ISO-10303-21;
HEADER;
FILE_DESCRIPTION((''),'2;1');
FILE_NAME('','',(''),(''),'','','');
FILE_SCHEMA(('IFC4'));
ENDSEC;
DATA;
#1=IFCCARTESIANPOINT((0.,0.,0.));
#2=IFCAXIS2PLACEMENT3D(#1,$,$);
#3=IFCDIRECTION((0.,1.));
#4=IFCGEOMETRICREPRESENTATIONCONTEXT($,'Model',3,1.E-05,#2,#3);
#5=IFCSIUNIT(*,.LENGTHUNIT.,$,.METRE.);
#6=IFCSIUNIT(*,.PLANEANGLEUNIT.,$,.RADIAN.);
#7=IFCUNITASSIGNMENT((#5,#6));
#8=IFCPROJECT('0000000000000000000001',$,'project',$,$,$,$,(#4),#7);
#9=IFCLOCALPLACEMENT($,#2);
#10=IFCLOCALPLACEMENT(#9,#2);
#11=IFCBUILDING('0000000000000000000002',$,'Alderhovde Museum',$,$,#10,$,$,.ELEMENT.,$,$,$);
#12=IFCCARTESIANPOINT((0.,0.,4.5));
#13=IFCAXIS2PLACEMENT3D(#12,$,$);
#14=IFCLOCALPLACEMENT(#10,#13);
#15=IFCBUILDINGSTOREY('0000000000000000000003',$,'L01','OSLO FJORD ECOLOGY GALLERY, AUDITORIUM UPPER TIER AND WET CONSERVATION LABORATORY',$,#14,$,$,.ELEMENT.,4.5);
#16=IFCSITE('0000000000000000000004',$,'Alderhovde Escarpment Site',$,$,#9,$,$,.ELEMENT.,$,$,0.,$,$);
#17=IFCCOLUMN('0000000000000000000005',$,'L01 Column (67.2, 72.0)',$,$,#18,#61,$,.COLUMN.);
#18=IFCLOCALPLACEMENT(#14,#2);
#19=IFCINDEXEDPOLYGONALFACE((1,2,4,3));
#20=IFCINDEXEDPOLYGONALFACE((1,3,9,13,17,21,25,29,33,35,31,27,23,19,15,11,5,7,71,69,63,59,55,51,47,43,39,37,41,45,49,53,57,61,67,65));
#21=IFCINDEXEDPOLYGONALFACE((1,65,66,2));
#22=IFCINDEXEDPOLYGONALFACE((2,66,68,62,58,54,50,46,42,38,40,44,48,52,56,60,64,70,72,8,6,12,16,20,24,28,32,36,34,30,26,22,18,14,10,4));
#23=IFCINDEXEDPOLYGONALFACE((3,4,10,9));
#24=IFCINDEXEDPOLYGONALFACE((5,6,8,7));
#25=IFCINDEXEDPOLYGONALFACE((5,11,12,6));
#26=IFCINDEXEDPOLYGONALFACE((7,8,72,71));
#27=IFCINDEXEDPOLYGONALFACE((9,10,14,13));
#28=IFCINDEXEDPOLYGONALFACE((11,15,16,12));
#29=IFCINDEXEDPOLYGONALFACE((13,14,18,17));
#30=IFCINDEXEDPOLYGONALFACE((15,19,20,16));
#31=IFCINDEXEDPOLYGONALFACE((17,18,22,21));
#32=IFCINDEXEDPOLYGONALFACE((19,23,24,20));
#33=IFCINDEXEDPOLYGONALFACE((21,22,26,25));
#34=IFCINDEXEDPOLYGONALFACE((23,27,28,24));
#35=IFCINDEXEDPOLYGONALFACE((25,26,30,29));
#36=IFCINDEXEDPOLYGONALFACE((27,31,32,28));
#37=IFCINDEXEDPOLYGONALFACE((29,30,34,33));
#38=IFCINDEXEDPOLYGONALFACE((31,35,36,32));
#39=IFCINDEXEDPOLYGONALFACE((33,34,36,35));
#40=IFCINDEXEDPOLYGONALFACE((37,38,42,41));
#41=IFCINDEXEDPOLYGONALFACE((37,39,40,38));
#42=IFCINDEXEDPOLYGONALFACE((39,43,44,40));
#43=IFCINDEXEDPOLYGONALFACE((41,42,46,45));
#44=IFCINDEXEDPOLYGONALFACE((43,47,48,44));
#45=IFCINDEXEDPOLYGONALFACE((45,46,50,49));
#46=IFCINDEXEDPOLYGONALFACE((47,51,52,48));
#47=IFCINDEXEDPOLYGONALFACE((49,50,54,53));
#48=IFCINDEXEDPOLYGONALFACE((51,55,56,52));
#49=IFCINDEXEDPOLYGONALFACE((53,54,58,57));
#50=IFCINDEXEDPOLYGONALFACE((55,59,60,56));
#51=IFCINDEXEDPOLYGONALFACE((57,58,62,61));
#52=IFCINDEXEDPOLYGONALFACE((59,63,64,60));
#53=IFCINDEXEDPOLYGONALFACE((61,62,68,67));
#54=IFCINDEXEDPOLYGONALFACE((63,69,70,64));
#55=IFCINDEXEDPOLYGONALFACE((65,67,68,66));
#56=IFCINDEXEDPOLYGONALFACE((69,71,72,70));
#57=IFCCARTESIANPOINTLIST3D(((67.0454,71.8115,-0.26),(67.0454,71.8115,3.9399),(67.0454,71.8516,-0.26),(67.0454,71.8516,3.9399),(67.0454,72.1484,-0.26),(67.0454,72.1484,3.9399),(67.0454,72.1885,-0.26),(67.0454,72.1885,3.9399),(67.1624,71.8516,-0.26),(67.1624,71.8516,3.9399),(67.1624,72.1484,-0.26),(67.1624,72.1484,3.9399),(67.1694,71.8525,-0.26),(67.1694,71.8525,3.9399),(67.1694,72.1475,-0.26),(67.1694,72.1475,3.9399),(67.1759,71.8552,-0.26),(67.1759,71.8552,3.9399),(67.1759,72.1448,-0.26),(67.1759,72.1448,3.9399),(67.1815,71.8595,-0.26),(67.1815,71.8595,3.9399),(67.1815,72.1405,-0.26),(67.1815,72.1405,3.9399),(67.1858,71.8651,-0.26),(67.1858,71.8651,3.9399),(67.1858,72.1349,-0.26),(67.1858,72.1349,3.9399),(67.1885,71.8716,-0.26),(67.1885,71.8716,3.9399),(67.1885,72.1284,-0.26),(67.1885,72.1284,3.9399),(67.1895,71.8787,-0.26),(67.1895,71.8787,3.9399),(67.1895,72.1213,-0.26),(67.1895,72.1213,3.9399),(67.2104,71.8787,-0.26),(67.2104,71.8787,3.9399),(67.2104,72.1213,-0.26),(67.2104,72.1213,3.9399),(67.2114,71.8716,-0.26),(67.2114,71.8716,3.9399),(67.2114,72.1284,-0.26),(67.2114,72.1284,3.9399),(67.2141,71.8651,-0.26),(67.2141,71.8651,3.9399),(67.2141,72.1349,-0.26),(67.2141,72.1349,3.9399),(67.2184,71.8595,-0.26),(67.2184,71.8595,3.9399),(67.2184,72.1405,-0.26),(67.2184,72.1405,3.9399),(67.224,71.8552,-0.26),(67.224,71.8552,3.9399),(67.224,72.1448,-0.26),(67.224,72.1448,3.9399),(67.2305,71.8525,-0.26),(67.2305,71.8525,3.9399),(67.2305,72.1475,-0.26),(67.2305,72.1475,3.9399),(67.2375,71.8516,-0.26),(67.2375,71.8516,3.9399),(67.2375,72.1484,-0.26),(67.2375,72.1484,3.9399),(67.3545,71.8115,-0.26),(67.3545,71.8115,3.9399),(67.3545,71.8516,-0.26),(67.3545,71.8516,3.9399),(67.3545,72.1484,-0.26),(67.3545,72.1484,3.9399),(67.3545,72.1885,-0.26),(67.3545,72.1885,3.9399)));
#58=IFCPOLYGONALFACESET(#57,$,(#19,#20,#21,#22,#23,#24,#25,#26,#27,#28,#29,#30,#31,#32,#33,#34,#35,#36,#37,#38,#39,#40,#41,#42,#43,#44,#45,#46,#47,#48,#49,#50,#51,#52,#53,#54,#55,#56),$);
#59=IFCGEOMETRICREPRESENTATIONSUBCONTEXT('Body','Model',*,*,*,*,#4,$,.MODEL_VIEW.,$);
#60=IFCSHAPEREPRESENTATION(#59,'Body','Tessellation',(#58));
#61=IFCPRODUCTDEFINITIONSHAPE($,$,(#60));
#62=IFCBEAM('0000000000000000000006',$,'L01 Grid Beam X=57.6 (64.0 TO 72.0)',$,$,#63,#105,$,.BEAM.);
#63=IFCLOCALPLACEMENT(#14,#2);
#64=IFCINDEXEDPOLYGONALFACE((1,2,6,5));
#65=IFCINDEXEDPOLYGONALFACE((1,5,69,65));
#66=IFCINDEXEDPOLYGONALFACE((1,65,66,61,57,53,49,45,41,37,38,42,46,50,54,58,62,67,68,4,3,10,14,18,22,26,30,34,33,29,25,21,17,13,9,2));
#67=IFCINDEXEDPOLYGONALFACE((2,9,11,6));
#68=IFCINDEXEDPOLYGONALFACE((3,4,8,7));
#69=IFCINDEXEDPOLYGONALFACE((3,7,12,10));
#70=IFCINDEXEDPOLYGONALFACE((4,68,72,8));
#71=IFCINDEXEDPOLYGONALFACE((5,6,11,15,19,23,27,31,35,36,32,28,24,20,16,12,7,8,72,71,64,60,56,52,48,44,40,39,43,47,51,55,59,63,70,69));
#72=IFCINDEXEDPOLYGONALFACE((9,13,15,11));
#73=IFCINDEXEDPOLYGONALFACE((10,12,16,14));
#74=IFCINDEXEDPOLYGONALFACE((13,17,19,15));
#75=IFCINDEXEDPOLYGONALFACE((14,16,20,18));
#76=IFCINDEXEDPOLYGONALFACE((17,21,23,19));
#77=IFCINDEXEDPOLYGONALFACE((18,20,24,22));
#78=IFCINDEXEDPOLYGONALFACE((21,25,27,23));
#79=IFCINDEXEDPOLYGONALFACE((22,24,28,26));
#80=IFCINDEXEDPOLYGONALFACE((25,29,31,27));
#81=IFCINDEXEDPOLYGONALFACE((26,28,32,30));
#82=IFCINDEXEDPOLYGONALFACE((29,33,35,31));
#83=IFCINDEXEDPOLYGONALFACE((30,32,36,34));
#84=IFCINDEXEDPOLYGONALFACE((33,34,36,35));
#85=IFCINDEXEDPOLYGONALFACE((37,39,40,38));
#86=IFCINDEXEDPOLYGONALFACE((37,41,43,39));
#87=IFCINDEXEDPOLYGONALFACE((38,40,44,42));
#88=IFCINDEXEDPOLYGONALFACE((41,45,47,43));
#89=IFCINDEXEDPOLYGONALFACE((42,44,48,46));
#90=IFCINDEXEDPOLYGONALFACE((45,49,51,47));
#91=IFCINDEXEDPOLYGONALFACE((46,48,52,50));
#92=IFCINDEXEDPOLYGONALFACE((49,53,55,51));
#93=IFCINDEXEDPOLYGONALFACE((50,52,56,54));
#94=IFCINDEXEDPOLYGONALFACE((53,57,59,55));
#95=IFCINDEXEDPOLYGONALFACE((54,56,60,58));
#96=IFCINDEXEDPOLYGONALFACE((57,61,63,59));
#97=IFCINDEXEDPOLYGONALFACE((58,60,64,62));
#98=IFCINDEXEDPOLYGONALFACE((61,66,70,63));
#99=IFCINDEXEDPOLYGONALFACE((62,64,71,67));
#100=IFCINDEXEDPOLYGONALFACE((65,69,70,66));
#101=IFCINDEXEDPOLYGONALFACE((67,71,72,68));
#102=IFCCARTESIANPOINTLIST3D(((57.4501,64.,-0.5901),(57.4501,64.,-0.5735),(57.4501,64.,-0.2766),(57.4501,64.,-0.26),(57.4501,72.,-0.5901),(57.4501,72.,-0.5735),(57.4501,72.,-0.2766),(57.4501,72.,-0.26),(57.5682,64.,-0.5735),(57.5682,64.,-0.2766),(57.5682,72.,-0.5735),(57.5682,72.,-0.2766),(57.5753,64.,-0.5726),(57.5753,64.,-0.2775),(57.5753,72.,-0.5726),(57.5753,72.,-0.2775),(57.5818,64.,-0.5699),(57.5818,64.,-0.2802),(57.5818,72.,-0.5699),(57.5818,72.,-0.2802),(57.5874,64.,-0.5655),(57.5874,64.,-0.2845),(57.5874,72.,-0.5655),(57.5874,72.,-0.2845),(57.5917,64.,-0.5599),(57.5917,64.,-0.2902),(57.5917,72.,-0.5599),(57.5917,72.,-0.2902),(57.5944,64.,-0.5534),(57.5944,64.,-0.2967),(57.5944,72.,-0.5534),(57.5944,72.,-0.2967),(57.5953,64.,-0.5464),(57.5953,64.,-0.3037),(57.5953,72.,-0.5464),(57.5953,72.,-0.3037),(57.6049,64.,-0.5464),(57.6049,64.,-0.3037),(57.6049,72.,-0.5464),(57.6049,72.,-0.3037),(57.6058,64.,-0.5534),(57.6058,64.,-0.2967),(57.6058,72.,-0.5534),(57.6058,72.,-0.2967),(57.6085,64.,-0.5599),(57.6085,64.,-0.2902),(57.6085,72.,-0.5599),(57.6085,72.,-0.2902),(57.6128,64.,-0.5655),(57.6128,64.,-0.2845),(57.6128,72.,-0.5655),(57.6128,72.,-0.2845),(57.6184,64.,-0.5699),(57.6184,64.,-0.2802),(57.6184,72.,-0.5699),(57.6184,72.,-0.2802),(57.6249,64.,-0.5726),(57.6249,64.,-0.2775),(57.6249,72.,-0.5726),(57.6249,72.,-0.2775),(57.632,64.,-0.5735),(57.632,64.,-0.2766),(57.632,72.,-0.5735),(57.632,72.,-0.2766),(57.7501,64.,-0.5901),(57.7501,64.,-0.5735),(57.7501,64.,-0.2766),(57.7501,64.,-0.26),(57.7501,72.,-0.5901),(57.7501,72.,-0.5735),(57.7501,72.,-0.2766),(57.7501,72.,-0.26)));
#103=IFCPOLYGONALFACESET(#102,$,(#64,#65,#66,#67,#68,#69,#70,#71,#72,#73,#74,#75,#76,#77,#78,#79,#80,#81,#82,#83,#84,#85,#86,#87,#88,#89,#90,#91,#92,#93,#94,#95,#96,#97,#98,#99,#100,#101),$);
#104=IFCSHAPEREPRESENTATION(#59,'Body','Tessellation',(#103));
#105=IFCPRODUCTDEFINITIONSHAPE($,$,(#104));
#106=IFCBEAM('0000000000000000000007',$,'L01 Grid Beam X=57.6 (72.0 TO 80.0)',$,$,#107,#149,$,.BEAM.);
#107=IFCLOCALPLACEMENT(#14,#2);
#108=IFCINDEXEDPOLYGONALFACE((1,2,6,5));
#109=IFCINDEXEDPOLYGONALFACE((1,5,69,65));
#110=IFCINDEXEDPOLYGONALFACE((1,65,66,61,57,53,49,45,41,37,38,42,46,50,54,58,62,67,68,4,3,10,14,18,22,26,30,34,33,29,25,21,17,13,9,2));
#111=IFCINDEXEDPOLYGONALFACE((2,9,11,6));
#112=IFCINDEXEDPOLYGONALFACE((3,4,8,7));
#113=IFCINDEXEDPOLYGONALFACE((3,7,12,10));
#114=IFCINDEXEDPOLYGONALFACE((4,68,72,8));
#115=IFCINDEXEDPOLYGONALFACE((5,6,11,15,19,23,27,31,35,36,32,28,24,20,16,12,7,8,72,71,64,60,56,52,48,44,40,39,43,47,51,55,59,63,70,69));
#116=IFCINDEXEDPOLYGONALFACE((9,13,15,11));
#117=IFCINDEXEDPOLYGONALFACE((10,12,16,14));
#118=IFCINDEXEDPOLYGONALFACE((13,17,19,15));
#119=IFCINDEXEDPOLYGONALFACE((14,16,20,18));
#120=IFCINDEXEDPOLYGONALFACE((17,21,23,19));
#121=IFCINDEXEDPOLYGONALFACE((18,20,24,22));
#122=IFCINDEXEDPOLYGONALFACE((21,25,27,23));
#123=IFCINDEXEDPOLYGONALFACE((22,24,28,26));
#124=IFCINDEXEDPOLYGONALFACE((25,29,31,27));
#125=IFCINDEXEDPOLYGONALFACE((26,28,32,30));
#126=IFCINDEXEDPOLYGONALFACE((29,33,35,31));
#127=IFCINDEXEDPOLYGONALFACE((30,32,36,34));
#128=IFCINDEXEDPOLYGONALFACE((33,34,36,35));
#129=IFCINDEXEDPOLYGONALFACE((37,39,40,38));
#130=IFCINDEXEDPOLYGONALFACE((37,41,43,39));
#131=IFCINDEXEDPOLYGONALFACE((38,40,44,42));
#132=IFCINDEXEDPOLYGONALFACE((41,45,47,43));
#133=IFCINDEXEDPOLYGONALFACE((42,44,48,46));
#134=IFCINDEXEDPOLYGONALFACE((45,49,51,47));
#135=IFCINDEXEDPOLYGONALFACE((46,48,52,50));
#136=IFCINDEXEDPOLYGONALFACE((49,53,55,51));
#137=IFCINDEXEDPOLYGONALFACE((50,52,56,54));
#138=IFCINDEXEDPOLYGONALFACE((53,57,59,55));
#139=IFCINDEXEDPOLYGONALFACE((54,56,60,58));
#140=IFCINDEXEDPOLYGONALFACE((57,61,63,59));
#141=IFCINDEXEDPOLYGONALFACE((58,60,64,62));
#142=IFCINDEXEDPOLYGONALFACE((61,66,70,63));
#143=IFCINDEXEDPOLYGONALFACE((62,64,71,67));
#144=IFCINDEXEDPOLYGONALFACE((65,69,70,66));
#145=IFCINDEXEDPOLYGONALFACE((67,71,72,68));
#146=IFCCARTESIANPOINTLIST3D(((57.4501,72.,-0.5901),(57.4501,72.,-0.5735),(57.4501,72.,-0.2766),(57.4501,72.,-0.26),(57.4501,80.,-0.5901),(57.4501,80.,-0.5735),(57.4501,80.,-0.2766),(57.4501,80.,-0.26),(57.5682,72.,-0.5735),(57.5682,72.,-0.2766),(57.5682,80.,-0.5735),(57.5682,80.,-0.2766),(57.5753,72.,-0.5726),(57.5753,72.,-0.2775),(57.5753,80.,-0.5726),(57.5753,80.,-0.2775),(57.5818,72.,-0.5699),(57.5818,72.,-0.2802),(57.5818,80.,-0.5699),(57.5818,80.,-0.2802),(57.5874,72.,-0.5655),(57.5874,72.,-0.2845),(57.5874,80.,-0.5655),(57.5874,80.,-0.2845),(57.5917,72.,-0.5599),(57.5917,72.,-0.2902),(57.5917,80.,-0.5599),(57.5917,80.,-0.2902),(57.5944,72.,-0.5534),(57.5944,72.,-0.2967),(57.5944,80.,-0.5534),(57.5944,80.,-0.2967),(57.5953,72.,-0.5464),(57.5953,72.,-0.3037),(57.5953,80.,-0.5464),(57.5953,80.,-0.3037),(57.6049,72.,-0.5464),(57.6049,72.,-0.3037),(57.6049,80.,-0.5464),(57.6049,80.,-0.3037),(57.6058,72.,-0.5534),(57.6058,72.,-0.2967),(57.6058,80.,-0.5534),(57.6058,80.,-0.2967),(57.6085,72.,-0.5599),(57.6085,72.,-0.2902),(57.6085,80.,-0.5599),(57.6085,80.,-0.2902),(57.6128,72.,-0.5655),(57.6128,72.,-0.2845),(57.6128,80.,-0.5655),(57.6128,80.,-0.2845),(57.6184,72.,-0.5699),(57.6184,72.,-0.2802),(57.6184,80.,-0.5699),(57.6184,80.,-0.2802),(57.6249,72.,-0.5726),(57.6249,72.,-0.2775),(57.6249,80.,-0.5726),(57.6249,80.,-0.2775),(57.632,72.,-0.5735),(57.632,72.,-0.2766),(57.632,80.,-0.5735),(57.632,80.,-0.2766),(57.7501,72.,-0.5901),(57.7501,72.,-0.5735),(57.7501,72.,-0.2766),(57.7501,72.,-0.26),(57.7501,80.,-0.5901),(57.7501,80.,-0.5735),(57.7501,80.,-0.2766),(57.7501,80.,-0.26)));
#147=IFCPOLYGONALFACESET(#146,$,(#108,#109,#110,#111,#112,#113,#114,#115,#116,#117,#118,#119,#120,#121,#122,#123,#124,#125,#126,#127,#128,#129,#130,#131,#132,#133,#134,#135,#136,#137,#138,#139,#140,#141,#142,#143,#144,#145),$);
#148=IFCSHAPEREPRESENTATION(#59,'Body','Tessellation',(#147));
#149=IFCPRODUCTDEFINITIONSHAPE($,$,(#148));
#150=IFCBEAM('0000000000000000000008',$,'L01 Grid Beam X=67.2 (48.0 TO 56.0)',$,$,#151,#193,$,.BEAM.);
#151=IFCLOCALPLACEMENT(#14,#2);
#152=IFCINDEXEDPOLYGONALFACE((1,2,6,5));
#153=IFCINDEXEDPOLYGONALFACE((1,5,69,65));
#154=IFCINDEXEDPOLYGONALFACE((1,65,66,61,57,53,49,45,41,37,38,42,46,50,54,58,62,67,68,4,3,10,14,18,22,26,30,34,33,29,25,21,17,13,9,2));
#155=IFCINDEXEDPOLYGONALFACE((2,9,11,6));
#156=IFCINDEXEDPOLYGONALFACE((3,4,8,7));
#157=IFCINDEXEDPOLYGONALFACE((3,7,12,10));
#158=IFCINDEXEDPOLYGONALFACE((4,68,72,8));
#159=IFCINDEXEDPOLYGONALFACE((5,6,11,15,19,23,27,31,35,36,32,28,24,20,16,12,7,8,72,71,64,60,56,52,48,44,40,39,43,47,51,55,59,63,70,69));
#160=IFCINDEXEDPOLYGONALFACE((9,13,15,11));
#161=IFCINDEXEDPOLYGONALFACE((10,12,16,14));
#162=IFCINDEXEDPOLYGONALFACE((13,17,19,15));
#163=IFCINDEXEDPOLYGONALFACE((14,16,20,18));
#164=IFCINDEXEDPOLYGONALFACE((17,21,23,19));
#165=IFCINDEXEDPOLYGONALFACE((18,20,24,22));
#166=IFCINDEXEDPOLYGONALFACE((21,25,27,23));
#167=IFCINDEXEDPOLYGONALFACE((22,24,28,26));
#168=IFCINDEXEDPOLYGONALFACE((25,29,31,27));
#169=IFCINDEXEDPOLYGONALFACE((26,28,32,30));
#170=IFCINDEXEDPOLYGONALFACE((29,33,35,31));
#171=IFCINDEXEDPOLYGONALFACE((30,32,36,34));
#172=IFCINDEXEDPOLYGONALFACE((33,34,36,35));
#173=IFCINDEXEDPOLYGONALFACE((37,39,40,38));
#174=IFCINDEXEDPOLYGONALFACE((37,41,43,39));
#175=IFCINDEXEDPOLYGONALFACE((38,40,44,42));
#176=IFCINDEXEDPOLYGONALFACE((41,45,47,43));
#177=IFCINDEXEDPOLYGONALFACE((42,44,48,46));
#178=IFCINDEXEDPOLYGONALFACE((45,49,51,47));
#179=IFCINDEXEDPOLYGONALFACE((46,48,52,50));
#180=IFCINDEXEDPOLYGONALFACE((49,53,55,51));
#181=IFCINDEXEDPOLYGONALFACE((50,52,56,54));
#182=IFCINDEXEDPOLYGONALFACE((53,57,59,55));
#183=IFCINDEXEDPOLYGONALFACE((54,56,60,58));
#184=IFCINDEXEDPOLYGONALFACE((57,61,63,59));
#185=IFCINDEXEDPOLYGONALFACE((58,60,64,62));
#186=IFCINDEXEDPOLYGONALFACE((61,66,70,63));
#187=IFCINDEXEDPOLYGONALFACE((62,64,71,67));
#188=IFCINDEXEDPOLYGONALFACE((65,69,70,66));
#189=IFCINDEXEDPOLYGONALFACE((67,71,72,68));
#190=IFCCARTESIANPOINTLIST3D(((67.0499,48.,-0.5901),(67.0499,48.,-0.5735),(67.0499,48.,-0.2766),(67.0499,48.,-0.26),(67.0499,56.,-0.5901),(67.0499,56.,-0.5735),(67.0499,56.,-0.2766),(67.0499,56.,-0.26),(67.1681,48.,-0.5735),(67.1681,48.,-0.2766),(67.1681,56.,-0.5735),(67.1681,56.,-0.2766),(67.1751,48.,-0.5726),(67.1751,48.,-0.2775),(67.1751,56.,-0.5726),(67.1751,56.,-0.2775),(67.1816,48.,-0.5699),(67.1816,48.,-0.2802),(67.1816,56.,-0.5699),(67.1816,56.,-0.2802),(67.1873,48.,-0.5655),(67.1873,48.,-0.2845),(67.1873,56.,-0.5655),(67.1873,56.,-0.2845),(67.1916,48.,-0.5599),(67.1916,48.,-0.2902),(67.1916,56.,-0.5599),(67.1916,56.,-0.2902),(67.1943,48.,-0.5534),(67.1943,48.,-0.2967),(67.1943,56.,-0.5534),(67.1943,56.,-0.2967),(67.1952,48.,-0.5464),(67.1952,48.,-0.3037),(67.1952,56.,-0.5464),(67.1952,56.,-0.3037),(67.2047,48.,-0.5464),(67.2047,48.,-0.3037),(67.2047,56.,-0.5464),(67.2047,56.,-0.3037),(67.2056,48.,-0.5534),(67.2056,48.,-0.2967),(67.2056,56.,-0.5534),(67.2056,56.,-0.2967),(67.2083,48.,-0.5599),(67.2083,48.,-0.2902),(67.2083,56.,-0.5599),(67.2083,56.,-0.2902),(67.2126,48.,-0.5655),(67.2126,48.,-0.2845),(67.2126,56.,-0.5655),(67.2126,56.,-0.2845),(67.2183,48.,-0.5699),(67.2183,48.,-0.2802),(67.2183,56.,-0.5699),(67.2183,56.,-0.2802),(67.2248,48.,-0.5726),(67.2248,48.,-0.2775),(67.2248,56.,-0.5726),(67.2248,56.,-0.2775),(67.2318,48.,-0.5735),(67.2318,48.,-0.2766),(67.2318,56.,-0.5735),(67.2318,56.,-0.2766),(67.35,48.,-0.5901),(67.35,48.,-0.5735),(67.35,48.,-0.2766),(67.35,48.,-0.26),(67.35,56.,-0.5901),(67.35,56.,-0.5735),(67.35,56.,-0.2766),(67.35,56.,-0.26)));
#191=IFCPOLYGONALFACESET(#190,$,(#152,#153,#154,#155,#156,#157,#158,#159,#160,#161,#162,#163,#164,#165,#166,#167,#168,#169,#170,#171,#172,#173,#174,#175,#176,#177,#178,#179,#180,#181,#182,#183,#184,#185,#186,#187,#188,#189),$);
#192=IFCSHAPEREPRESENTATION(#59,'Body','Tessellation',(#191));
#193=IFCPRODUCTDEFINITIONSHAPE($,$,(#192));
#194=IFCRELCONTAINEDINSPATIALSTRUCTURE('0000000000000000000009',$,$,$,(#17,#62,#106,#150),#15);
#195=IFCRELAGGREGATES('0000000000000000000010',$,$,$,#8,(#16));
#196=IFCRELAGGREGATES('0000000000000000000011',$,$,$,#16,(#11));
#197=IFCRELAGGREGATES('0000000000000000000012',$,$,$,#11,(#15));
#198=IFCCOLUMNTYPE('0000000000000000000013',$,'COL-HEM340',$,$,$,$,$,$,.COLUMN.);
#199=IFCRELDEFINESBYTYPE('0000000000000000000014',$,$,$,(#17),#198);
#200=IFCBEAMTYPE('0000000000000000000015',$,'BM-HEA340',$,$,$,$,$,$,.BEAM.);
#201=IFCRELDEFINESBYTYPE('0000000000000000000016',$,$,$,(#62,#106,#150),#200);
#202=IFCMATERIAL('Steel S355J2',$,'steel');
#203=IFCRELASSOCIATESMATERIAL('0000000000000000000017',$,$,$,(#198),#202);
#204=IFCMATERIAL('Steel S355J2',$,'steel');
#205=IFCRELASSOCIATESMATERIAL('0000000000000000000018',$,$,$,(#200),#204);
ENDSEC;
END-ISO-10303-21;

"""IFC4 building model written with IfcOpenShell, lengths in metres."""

from ifc_helpers import new_model, si_unit, direction, frame, origin, origin_2d, place, context, subcontext, project, spatial, i_section, extrude, material, material_profile, profile_set, type_object, element, save


model = new_model("IFC4")

# Units and contexts
model_context = context("Model", 3, precision=1e-05, world=origin(), true_north=direction((0.0, 1.0)))
body_context = subcontext(model_context, "Body", "Model", "MODEL_VIEW")
ifc_project = project(units=[si_unit("LENGTHUNIT", "METRE"), si_unit("PLANEANGLEUNIT", "RADIAN")], contexts=[model_context])

# Site, building, storey
site_placement = place(None, origin())
site = spatial("IfcSite", under=ifc_project, at=site_placement, Name="Alderhovde Escarpment Site", CompositionType="ELEMENT", RefElevation=0.0)
building_placement = place(site_placement, origin())
building = spatial("IfcBuilding", under=site, at=building_placement, Name="Alderhovde Museum", CompositionType="ELEMENT")
storey_placement = place(building_placement, frame((0.0, 0.0, 4.5)))
storey = spatial("IfcBuildingStorey", under=building, at=storey_placement, Name="L01", Description="OSLO FJORD ECOLOGY GALLERY, AUDITORIUM UPPER TIER AND WET CONSERVATION LABORATORY", CompositionType="ELEMENT", Elevation=4.5)

# Column
ifc_material_1 = material(Name="Steel S355J2", Category="steel")
ifc_material_profile_1 = material_profile(ifc_material_1, i_section(OverallWidth=0.3091, OverallDepth=0.377, WebThickness=0.021, FlangeThickness=0.04, FilletRadius=0.0271, at=origin_2d()), Name="HEM 340")
ifc_profile_set_1 = profile_set([ifc_material_profile_1], Name="Steel S355J2")
column_type_1 = type_object("IfcColumnType", Name="COL-HEM340", PredefinedType="COLUMN", material=ifc_profile_set_1)
for number, where, z_axis, x_axis, name in (
    (1, (67.2, 72.0, -0.26), (0.0, 0.0, 1.0), (1.0, 0.0, 0.0), "L01 Column (67.2, 72.0)"),
):
    element("IfcColumn", number, at=place(storey_placement, frame(where, z_axis=z_axis, x_axis=x_axis)), inside=storey, type_object=column_type_1, Name=name, PredefinedType="COLUMN", context=body_context, shape_type="SweptSolid", body=[
        extrude(i_section(OverallWidth=0.3091, OverallDepth=0.377, WebThickness=0.021, FlangeThickness=0.04, FilletRadius=0.0271, at=origin_2d()), origin(), (0.0, 0.0, 1.0), 4.2),
    ])

# Beams
ifc_material_2 = material(Name="Steel S355J2", Category="steel")
ifc_material_profile_2 = material_profile(ifc_material_2, i_section(OverallWidth=0.3, OverallDepth=0.3301, WebThickness=0.0095, FlangeThickness=0.0166, FilletRadius=0.0271, at=origin_2d()), Name="HEA 340")
ifc_profile_set_2 = profile_set([ifc_material_profile_2], Name="Steel S355J2")
beam_type_1 = type_object("IfcBeamType", Name="BM-HEA340", PredefinedType="BEAM", material=ifc_profile_set_2)
for number, where, z_axis, x_axis, name in (
    (2, (57.6001, 64.0, -0.425), (0.0, 1.0, 0.0), (-1.0, 0.0, 0.0), "L01 Grid Beam X=57.6 (64.0 TO 72.0)"),
    (3, (57.6001, 72.0, -0.425), (0.0, 1.0, 0.0), (-1.0, 0.0, 0.0), "L01 Grid Beam X=57.6 (72.0 TO 80.0)"),
    (4, (67.2, 48.0, -0.425), (0.0, 1.0, 0.0), (-1.0, 0.0, 0.0), "L01 Grid Beam X=67.2 (48.0 TO 56.0)"),
):
    element("IfcBeam", number, at=place(storey_placement, frame(where, z_axis=z_axis, x_axis=x_axis)), inside=storey, type_object=beam_type_1, Name=name, PredefinedType="BEAM", context=body_context, shape_type="SweptSolid", body=[
        extrude(i_section(OverallWidth=0.3, OverallDepth=0.3301, WebThickness=0.0095, FlangeThickness=0.0166, FilletRadius=0.0271, at=origin_2d()), origin(), (0.0, 0.0, 1.0), 8.0),
    ])

save(model, "model.ifc")
